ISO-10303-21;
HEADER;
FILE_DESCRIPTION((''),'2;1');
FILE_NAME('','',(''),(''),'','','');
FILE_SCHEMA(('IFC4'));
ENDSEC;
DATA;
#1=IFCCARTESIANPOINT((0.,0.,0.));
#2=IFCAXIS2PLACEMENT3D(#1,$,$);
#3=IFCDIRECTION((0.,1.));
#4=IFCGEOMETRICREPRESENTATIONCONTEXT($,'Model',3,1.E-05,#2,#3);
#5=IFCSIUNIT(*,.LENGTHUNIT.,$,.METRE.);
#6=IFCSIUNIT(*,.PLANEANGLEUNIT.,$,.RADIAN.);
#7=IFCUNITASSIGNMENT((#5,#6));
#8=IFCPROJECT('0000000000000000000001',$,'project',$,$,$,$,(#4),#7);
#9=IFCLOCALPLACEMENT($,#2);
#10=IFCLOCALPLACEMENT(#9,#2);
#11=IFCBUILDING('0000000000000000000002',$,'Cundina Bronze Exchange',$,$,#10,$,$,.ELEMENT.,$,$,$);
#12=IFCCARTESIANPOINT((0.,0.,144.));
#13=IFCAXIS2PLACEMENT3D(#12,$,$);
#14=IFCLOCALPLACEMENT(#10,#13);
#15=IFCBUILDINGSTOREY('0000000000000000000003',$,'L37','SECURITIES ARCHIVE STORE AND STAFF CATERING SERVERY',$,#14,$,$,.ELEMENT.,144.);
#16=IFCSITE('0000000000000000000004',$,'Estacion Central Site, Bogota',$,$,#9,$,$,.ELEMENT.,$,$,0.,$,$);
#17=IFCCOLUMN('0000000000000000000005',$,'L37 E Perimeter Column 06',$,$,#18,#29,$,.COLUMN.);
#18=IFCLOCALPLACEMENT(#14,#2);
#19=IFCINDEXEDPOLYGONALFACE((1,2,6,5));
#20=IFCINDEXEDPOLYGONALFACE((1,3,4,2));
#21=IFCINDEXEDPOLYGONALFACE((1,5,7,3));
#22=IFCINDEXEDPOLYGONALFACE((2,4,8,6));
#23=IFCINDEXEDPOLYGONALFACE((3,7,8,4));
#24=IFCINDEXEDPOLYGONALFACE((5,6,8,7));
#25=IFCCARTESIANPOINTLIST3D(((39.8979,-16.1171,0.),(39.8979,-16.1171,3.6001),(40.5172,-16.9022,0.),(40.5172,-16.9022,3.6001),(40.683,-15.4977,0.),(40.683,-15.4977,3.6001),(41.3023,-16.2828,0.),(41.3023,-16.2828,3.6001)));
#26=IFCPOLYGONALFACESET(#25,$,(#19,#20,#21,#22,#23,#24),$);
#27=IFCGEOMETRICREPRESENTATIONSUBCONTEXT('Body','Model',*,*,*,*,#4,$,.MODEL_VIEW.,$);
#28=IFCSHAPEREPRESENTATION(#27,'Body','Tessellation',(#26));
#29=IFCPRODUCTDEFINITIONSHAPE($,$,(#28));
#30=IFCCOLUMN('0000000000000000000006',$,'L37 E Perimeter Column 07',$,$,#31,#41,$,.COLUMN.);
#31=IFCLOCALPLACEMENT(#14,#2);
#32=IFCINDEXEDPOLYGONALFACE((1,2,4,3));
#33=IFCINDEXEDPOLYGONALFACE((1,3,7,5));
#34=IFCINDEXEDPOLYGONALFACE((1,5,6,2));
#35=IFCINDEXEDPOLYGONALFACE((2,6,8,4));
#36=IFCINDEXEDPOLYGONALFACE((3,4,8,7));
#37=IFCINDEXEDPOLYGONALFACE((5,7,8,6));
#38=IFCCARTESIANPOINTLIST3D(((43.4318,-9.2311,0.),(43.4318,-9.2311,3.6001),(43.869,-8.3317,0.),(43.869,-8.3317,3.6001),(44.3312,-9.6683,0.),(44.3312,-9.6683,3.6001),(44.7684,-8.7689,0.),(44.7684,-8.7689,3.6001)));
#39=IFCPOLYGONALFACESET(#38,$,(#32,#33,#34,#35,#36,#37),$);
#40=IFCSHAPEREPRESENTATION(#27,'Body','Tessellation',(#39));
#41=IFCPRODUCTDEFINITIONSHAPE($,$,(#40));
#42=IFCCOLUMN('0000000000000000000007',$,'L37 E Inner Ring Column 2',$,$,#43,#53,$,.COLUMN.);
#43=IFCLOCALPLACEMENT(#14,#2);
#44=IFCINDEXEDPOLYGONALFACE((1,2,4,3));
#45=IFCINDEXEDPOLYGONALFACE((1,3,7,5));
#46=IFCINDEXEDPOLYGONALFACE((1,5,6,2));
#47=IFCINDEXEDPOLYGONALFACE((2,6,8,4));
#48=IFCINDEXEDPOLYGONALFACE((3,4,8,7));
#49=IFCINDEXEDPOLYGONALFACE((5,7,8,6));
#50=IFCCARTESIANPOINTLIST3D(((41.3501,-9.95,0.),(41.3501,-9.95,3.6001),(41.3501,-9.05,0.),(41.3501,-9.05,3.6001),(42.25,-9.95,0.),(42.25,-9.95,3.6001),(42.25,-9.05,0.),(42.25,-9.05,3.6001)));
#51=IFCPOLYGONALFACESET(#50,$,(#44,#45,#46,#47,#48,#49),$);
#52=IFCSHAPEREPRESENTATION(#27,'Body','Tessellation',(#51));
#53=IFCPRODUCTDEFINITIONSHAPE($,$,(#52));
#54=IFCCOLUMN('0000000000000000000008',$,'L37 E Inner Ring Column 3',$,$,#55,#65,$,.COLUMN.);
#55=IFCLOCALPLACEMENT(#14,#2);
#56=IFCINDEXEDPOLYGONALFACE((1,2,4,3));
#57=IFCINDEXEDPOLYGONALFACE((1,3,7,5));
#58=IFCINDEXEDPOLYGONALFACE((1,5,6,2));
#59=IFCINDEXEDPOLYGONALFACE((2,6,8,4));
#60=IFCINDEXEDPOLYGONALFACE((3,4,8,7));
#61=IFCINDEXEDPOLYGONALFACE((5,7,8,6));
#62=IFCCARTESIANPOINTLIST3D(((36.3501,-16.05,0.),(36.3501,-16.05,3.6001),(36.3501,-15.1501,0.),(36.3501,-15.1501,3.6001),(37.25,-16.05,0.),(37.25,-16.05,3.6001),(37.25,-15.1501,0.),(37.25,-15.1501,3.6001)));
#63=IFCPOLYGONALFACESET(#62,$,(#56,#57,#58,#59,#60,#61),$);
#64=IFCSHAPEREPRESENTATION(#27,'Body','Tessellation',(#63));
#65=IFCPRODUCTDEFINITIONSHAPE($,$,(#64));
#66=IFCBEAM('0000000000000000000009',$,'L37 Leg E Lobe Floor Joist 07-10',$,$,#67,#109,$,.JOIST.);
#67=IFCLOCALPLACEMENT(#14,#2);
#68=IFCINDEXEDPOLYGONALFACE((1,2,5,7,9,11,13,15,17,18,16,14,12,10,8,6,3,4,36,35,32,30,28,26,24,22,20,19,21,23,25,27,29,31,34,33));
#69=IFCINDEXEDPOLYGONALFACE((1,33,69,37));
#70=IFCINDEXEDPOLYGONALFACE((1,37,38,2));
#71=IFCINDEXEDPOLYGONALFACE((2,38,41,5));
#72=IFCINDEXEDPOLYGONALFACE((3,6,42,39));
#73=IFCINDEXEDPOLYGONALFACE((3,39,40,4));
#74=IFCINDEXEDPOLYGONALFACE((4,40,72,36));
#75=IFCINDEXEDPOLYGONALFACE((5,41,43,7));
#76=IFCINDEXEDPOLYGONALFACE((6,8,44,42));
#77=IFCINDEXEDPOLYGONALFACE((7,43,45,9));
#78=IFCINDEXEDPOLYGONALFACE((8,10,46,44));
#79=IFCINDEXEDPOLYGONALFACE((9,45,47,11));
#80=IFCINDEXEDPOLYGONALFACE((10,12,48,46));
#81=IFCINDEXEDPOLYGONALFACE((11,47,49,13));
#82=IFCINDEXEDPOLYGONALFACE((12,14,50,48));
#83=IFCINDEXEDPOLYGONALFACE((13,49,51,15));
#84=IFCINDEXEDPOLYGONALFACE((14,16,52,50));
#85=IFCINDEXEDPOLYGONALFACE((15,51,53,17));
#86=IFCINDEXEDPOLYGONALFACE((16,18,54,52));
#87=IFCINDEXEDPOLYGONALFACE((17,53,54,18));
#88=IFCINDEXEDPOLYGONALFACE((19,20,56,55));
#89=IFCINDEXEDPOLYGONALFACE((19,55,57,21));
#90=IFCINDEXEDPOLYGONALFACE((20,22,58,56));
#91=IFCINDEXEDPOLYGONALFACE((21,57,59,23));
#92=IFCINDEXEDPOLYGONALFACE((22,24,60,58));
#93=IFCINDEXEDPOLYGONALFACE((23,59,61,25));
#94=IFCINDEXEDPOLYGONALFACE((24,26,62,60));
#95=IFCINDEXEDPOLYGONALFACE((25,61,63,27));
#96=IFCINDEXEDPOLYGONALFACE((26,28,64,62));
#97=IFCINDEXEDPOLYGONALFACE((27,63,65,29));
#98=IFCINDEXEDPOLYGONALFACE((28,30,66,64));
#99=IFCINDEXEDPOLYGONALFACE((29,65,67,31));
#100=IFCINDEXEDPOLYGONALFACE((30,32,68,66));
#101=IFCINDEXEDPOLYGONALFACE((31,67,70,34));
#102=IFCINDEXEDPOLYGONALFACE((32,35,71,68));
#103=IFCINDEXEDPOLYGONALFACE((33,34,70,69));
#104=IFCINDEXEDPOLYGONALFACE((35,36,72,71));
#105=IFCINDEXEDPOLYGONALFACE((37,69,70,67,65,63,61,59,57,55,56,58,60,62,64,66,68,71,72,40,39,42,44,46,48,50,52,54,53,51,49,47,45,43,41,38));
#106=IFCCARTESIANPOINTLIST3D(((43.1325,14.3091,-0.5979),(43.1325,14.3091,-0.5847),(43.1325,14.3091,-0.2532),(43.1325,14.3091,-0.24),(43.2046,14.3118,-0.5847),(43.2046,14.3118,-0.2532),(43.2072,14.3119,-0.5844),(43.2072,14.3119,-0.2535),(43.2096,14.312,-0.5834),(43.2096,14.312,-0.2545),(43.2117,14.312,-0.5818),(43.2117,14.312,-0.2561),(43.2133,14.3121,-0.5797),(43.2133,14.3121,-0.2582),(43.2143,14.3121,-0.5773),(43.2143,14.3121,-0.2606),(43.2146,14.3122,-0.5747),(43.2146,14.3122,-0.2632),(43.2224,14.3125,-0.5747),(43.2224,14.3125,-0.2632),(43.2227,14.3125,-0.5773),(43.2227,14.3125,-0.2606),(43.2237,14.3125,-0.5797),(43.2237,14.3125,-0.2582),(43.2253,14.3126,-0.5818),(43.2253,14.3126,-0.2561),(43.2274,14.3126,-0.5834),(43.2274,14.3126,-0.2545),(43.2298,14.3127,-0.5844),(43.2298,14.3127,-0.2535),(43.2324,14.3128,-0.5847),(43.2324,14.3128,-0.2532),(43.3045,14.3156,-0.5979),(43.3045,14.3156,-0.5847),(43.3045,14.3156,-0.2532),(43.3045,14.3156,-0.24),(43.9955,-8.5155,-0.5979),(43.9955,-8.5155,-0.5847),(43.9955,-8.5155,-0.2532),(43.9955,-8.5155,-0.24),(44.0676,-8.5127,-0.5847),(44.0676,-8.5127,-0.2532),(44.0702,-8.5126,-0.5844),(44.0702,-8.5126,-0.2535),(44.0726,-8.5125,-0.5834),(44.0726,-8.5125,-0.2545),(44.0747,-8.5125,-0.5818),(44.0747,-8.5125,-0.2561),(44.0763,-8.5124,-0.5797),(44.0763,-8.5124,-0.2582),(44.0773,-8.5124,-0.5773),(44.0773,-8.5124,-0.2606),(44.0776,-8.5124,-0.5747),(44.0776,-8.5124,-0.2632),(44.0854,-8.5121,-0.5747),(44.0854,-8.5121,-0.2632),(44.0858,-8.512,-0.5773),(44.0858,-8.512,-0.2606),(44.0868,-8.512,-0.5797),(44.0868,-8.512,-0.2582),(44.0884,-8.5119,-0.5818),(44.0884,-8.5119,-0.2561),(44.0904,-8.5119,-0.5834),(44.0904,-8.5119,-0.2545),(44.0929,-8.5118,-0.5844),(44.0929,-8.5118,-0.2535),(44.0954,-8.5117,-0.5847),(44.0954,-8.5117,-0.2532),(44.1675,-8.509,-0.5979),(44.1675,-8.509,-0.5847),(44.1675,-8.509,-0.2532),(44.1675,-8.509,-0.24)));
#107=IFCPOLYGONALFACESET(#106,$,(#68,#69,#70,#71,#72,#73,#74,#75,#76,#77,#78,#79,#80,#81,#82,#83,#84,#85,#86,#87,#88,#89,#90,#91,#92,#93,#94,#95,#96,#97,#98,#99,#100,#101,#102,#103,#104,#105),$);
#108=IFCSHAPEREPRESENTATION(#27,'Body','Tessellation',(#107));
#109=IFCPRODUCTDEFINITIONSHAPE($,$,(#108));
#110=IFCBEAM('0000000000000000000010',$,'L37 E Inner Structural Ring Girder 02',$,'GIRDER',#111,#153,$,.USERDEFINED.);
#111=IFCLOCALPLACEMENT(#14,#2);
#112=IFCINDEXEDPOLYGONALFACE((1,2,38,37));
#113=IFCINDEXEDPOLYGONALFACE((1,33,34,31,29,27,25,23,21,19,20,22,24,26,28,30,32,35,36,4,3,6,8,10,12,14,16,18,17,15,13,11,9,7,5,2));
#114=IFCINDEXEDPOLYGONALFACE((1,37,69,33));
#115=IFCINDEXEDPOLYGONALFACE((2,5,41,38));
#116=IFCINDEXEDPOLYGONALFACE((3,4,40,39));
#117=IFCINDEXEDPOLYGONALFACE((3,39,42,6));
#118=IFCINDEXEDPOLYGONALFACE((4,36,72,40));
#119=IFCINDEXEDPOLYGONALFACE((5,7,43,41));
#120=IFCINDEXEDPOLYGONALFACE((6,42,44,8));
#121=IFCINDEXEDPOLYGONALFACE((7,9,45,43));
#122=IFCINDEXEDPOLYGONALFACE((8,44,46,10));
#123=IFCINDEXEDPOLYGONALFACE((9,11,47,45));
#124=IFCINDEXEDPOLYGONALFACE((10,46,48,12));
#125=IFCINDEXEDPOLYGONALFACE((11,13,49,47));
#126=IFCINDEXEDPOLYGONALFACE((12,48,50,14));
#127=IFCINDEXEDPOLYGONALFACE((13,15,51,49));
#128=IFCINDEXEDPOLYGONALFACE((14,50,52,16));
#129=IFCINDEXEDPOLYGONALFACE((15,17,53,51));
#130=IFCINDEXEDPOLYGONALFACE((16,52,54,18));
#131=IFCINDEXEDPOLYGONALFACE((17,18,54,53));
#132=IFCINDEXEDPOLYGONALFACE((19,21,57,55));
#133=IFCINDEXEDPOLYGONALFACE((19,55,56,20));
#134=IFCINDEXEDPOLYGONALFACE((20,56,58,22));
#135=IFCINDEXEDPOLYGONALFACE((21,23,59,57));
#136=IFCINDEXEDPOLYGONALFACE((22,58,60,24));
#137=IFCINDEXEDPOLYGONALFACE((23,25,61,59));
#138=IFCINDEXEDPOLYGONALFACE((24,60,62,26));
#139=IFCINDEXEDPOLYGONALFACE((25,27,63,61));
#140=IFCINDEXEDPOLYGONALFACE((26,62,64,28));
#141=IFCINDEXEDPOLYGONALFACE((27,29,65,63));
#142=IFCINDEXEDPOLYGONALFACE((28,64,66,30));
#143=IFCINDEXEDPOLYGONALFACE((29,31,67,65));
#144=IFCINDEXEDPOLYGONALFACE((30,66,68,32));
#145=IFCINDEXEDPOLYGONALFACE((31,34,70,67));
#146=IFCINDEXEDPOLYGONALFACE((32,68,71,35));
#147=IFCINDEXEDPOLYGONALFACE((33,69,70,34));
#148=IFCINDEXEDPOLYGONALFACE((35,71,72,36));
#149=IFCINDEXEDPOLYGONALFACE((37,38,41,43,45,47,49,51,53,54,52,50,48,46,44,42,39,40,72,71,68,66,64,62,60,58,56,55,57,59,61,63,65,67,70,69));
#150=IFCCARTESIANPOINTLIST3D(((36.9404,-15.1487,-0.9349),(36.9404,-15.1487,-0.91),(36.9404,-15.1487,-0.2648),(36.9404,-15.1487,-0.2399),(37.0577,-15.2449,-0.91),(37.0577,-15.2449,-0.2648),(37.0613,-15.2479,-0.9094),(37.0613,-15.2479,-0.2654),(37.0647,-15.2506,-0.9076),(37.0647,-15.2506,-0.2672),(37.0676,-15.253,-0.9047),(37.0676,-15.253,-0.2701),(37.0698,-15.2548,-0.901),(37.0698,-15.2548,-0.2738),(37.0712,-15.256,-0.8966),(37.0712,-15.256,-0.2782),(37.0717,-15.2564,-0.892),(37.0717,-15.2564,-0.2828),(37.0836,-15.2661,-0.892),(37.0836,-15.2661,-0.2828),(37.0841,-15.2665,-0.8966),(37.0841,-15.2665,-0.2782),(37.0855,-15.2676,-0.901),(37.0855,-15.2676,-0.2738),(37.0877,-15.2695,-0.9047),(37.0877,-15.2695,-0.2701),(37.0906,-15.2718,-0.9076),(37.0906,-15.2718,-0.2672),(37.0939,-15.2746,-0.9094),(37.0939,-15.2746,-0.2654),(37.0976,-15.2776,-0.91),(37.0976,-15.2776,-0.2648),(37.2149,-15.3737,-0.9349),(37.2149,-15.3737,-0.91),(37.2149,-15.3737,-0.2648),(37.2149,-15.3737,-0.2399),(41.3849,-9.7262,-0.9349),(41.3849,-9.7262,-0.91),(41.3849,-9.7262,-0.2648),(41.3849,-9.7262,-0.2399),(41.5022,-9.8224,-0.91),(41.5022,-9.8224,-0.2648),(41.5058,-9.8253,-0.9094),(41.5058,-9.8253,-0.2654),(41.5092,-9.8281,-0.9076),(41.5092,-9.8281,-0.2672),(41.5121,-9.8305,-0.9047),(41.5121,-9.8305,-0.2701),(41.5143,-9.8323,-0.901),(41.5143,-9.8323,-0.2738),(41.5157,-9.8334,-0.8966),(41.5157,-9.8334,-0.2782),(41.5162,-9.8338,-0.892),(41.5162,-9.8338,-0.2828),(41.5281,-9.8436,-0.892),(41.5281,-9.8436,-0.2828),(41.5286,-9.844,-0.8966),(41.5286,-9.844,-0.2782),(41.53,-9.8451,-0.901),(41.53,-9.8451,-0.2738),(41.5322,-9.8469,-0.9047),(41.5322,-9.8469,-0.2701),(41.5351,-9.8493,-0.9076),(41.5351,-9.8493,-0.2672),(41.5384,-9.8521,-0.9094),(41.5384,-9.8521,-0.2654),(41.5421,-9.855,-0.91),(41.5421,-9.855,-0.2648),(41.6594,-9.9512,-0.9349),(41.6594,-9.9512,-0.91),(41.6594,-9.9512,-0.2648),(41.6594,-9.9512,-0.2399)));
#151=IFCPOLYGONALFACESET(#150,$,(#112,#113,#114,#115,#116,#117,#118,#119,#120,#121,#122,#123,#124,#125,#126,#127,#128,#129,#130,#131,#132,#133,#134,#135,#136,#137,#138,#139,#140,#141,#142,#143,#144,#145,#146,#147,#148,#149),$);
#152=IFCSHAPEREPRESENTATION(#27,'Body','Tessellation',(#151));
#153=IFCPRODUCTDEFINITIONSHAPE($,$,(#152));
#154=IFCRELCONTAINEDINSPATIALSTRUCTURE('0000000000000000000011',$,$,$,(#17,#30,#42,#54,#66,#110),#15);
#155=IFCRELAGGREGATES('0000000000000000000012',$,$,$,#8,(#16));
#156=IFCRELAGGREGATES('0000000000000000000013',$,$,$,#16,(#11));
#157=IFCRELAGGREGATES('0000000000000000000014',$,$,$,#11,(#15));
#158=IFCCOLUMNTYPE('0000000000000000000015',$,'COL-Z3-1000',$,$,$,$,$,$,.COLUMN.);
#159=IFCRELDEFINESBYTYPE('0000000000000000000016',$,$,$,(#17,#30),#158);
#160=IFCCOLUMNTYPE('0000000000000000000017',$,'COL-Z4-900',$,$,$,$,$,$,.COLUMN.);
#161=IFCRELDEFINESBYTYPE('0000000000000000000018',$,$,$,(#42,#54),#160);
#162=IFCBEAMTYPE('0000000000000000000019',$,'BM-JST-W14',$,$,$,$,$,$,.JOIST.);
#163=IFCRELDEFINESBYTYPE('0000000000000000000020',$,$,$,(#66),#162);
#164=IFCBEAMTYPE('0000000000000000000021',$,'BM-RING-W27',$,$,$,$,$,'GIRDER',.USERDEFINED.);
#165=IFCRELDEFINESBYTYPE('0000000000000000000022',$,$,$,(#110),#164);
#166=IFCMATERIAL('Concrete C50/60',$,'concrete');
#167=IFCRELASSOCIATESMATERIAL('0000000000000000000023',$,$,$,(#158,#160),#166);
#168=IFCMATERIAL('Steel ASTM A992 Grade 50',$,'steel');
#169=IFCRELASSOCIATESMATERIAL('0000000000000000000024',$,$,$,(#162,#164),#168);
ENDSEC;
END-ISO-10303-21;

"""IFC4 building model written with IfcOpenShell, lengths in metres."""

from ifc_helpers import new_model, si_unit, direction, frame, origin, origin_2d, place, context, subcontext, project, spatial, rectangle, i_section, extrude, material, material_profile, profile_set, type_object, element, save


model = new_model("IFC4")

# Units and contexts
model_context = context("Model", 3, precision=1e-05, world=origin(), true_north=direction((0.0, 1.0)))
body_context = subcontext(model_context, "Body", "Model", "MODEL_VIEW")
ifc_project = project(units=[si_unit("LENGTHUNIT", "METRE"), si_unit("PLANEANGLEUNIT", "RADIAN")], contexts=[model_context])

# Site, building, storey
site_placement = place(None, origin())
site = spatial("IfcSite", under=ifc_project, at=site_placement, Name="Estacion Central Site, Bogota", CompositionType="ELEMENT", RefElevation=0.0)
building_placement = place(site_placement, origin())
building = spatial("IfcBuilding", under=site, at=building_placement, Name="Cundina Bronze Exchange", CompositionType="ELEMENT")
storey_placement = place(building_placement, frame((0.0, 0.0, 144.0)))
storey = spatial("IfcBuildingStorey", under=building, at=storey_placement, Name="L37", Description="SECURITIES ARCHIVE STORE AND STAFF CATERING SERVERY", CompositionType="ELEMENT", Elevation=144.0)

# Columns
ifc_material_1 = material(Name="Concrete C50/60", Category="concrete")
ifc_material_profile_1 = material_profile(ifc_material_1, rectangle(XDim=1.0, YDim=1.0, at=origin_2d()), Name="RC1000X1000", Category="concrete")
ifc_profile_set_1 = profile_set([ifc_material_profile_1], Name="Concrete C50/60")
column_type_1 = type_object("IfcColumnType", Name="COL-Z3-1000", PredefinedType="COLUMN", material=ifc_profile_set_1)
for number, where, z_axis, x_axis, name in (
    (1, (40.6001, -16.2, 0.0), (0.0, 0.0, 1.0), (0.785101, 0.619368, 0.0), "L37 E Perimeter Column 06"),
    (2, (44.1001, -9.0, 0.0), (0.0, 0.0, 1.0), (0.437116, 0.899405, 0.0), "L37 E Perimeter Column 07"),
):
    element("IfcColumn", number, at=place(storey_placement, frame(where, z_axis=z_axis, x_axis=x_axis)), inside=storey, type_object=column_type_1, Name=name, PredefinedType="COLUMN", context=body_context, shape_type="SweptSolid", body=[
        extrude(rectangle(XDim=1.0, YDim=1.0, at=origin_2d()), origin(), (0.0, 0.0, 1.0), 3.6001),
    ])
ifc_material_profile_2 = material_profile(ifc_material_1, rectangle(XDim=0.8999, YDim=0.8999, at=origin_2d()), Name="RC900X900", Category="concrete")
ifc_profile_set_2 = profile_set([ifc_material_profile_2], Name="Concrete C50/60")
column_type_2 = type_object("IfcColumnType", Name="COL-Z4-900", PredefinedType="COLUMN", material=ifc_profile_set_2)
for number, where, z_axis, x_axis, name in (
    (3, (41.8, -9.5, 0.0), (0.0, 0.0, 1.0), (1.0, 0.0, 0.0), "L37 E Inner Ring Column 2"),
    (4, (36.8, -15.6001, 0.0), (0.0, 0.0, 1.0), (1.0, 0.0, 0.0), "L37 E Inner Ring Column 3"),
):
    element("IfcColumn", number, at=place(storey_placement, frame(where, z_axis=z_axis, x_axis=x_axis)), inside=storey, type_object=column_type_2, Name=name, PredefinedType="COLUMN", context=body_context, shape_type="SweptSolid", body=[
        extrude(rectangle(XDim=0.8999, YDim=0.8999, at=origin_2d()), origin(), (0.0, 0.0, 1.0), 3.6001),
    ])

# Beams
ifc_material_2 = material(Name="Steel ASTM A992 Grade 50", Category="steel")
ifc_material_profile_3 = material_profile(ifc_material_2, i_section(OverallWidth=0.1721, OverallDepth=0.3579, WebThickness=0.0078, FlangeThickness=0.0132, FilletRadius=0.01, at=origin_2d()), Name="W14X38", Category="steel")
ifc_profile_set_3 = profile_set([ifc_material_profile_3], Name="Steel ASTM A992 Grade 50")
beam_type_1 = type_object("IfcBeamType", Name="BM-JST-W14", PredefinedType="JOIST", material=ifc_profile_set_3)
beam_1_placement = place(storey_placement, frame((44.0815, -8.5122, -0.4189), z_axis=(-0.037785, 0.999286, 0.0), x_axis=(-0.999286, -0.037785, 0.0)))
element("IfcBeam", 5, at=beam_1_placement, inside=storey, type_object=beam_type_1, Name="L37 Leg E Lobe Floor Joist 07-10", PredefinedType="JOIST", context=body_context, shape_type="SweptSolid", body=[
    extrude(i_section(OverallWidth=0.1721, OverallDepth=0.3579, WebThickness=0.0078, FlangeThickness=0.0132, FilletRadius=0.01, at=origin_2d()), origin(), (0.0, 0.0, 1.0), 22.8408),
])
ifc_material_profile_4 = material_profile(ifc_material_2, i_section(OverallWidth=0.355, OverallDepth=0.6951, WebThickness=0.0154, FlangeThickness=0.0249, FilletRadius=0.0181, at=origin_2d()), Name="W27X146", Category="steel")
ifc_profile_set_4 = profile_set([ifc_material_profile_4], Name="Steel ASTM A992 Grade 50")
beam_type_2 = type_object("IfcBeamType", Name="BM-RING-W27", ElementType="GIRDER", PredefinedType="USERDEFINED", material=ifc_profile_set_4)
beam_2_placement = place(storey_placement, frame((37.0776, -15.2612, -0.5874), z_axis=(0.633913, 0.773405, 0.0), x_axis=(-0.773405, 0.633913, 0.0)))
element("IfcBeam", 6, at=beam_2_placement, inside=storey, type_object=beam_type_2, Name="L37 E Inner Structural Ring Girder 02", ObjectType="GIRDER", PredefinedType="USERDEFINED", context=body_context, shape_type="SweptSolid", body=[
    extrude(i_section(OverallWidth=0.355, OverallDepth=0.6951, WebThickness=0.0154, FlangeThickness=0.0249, FilletRadius=0.0181, at=origin_2d()), origin(), (0.0, 0.0, 1.0), 7.0112),
])

save(model, "model.ifc")
